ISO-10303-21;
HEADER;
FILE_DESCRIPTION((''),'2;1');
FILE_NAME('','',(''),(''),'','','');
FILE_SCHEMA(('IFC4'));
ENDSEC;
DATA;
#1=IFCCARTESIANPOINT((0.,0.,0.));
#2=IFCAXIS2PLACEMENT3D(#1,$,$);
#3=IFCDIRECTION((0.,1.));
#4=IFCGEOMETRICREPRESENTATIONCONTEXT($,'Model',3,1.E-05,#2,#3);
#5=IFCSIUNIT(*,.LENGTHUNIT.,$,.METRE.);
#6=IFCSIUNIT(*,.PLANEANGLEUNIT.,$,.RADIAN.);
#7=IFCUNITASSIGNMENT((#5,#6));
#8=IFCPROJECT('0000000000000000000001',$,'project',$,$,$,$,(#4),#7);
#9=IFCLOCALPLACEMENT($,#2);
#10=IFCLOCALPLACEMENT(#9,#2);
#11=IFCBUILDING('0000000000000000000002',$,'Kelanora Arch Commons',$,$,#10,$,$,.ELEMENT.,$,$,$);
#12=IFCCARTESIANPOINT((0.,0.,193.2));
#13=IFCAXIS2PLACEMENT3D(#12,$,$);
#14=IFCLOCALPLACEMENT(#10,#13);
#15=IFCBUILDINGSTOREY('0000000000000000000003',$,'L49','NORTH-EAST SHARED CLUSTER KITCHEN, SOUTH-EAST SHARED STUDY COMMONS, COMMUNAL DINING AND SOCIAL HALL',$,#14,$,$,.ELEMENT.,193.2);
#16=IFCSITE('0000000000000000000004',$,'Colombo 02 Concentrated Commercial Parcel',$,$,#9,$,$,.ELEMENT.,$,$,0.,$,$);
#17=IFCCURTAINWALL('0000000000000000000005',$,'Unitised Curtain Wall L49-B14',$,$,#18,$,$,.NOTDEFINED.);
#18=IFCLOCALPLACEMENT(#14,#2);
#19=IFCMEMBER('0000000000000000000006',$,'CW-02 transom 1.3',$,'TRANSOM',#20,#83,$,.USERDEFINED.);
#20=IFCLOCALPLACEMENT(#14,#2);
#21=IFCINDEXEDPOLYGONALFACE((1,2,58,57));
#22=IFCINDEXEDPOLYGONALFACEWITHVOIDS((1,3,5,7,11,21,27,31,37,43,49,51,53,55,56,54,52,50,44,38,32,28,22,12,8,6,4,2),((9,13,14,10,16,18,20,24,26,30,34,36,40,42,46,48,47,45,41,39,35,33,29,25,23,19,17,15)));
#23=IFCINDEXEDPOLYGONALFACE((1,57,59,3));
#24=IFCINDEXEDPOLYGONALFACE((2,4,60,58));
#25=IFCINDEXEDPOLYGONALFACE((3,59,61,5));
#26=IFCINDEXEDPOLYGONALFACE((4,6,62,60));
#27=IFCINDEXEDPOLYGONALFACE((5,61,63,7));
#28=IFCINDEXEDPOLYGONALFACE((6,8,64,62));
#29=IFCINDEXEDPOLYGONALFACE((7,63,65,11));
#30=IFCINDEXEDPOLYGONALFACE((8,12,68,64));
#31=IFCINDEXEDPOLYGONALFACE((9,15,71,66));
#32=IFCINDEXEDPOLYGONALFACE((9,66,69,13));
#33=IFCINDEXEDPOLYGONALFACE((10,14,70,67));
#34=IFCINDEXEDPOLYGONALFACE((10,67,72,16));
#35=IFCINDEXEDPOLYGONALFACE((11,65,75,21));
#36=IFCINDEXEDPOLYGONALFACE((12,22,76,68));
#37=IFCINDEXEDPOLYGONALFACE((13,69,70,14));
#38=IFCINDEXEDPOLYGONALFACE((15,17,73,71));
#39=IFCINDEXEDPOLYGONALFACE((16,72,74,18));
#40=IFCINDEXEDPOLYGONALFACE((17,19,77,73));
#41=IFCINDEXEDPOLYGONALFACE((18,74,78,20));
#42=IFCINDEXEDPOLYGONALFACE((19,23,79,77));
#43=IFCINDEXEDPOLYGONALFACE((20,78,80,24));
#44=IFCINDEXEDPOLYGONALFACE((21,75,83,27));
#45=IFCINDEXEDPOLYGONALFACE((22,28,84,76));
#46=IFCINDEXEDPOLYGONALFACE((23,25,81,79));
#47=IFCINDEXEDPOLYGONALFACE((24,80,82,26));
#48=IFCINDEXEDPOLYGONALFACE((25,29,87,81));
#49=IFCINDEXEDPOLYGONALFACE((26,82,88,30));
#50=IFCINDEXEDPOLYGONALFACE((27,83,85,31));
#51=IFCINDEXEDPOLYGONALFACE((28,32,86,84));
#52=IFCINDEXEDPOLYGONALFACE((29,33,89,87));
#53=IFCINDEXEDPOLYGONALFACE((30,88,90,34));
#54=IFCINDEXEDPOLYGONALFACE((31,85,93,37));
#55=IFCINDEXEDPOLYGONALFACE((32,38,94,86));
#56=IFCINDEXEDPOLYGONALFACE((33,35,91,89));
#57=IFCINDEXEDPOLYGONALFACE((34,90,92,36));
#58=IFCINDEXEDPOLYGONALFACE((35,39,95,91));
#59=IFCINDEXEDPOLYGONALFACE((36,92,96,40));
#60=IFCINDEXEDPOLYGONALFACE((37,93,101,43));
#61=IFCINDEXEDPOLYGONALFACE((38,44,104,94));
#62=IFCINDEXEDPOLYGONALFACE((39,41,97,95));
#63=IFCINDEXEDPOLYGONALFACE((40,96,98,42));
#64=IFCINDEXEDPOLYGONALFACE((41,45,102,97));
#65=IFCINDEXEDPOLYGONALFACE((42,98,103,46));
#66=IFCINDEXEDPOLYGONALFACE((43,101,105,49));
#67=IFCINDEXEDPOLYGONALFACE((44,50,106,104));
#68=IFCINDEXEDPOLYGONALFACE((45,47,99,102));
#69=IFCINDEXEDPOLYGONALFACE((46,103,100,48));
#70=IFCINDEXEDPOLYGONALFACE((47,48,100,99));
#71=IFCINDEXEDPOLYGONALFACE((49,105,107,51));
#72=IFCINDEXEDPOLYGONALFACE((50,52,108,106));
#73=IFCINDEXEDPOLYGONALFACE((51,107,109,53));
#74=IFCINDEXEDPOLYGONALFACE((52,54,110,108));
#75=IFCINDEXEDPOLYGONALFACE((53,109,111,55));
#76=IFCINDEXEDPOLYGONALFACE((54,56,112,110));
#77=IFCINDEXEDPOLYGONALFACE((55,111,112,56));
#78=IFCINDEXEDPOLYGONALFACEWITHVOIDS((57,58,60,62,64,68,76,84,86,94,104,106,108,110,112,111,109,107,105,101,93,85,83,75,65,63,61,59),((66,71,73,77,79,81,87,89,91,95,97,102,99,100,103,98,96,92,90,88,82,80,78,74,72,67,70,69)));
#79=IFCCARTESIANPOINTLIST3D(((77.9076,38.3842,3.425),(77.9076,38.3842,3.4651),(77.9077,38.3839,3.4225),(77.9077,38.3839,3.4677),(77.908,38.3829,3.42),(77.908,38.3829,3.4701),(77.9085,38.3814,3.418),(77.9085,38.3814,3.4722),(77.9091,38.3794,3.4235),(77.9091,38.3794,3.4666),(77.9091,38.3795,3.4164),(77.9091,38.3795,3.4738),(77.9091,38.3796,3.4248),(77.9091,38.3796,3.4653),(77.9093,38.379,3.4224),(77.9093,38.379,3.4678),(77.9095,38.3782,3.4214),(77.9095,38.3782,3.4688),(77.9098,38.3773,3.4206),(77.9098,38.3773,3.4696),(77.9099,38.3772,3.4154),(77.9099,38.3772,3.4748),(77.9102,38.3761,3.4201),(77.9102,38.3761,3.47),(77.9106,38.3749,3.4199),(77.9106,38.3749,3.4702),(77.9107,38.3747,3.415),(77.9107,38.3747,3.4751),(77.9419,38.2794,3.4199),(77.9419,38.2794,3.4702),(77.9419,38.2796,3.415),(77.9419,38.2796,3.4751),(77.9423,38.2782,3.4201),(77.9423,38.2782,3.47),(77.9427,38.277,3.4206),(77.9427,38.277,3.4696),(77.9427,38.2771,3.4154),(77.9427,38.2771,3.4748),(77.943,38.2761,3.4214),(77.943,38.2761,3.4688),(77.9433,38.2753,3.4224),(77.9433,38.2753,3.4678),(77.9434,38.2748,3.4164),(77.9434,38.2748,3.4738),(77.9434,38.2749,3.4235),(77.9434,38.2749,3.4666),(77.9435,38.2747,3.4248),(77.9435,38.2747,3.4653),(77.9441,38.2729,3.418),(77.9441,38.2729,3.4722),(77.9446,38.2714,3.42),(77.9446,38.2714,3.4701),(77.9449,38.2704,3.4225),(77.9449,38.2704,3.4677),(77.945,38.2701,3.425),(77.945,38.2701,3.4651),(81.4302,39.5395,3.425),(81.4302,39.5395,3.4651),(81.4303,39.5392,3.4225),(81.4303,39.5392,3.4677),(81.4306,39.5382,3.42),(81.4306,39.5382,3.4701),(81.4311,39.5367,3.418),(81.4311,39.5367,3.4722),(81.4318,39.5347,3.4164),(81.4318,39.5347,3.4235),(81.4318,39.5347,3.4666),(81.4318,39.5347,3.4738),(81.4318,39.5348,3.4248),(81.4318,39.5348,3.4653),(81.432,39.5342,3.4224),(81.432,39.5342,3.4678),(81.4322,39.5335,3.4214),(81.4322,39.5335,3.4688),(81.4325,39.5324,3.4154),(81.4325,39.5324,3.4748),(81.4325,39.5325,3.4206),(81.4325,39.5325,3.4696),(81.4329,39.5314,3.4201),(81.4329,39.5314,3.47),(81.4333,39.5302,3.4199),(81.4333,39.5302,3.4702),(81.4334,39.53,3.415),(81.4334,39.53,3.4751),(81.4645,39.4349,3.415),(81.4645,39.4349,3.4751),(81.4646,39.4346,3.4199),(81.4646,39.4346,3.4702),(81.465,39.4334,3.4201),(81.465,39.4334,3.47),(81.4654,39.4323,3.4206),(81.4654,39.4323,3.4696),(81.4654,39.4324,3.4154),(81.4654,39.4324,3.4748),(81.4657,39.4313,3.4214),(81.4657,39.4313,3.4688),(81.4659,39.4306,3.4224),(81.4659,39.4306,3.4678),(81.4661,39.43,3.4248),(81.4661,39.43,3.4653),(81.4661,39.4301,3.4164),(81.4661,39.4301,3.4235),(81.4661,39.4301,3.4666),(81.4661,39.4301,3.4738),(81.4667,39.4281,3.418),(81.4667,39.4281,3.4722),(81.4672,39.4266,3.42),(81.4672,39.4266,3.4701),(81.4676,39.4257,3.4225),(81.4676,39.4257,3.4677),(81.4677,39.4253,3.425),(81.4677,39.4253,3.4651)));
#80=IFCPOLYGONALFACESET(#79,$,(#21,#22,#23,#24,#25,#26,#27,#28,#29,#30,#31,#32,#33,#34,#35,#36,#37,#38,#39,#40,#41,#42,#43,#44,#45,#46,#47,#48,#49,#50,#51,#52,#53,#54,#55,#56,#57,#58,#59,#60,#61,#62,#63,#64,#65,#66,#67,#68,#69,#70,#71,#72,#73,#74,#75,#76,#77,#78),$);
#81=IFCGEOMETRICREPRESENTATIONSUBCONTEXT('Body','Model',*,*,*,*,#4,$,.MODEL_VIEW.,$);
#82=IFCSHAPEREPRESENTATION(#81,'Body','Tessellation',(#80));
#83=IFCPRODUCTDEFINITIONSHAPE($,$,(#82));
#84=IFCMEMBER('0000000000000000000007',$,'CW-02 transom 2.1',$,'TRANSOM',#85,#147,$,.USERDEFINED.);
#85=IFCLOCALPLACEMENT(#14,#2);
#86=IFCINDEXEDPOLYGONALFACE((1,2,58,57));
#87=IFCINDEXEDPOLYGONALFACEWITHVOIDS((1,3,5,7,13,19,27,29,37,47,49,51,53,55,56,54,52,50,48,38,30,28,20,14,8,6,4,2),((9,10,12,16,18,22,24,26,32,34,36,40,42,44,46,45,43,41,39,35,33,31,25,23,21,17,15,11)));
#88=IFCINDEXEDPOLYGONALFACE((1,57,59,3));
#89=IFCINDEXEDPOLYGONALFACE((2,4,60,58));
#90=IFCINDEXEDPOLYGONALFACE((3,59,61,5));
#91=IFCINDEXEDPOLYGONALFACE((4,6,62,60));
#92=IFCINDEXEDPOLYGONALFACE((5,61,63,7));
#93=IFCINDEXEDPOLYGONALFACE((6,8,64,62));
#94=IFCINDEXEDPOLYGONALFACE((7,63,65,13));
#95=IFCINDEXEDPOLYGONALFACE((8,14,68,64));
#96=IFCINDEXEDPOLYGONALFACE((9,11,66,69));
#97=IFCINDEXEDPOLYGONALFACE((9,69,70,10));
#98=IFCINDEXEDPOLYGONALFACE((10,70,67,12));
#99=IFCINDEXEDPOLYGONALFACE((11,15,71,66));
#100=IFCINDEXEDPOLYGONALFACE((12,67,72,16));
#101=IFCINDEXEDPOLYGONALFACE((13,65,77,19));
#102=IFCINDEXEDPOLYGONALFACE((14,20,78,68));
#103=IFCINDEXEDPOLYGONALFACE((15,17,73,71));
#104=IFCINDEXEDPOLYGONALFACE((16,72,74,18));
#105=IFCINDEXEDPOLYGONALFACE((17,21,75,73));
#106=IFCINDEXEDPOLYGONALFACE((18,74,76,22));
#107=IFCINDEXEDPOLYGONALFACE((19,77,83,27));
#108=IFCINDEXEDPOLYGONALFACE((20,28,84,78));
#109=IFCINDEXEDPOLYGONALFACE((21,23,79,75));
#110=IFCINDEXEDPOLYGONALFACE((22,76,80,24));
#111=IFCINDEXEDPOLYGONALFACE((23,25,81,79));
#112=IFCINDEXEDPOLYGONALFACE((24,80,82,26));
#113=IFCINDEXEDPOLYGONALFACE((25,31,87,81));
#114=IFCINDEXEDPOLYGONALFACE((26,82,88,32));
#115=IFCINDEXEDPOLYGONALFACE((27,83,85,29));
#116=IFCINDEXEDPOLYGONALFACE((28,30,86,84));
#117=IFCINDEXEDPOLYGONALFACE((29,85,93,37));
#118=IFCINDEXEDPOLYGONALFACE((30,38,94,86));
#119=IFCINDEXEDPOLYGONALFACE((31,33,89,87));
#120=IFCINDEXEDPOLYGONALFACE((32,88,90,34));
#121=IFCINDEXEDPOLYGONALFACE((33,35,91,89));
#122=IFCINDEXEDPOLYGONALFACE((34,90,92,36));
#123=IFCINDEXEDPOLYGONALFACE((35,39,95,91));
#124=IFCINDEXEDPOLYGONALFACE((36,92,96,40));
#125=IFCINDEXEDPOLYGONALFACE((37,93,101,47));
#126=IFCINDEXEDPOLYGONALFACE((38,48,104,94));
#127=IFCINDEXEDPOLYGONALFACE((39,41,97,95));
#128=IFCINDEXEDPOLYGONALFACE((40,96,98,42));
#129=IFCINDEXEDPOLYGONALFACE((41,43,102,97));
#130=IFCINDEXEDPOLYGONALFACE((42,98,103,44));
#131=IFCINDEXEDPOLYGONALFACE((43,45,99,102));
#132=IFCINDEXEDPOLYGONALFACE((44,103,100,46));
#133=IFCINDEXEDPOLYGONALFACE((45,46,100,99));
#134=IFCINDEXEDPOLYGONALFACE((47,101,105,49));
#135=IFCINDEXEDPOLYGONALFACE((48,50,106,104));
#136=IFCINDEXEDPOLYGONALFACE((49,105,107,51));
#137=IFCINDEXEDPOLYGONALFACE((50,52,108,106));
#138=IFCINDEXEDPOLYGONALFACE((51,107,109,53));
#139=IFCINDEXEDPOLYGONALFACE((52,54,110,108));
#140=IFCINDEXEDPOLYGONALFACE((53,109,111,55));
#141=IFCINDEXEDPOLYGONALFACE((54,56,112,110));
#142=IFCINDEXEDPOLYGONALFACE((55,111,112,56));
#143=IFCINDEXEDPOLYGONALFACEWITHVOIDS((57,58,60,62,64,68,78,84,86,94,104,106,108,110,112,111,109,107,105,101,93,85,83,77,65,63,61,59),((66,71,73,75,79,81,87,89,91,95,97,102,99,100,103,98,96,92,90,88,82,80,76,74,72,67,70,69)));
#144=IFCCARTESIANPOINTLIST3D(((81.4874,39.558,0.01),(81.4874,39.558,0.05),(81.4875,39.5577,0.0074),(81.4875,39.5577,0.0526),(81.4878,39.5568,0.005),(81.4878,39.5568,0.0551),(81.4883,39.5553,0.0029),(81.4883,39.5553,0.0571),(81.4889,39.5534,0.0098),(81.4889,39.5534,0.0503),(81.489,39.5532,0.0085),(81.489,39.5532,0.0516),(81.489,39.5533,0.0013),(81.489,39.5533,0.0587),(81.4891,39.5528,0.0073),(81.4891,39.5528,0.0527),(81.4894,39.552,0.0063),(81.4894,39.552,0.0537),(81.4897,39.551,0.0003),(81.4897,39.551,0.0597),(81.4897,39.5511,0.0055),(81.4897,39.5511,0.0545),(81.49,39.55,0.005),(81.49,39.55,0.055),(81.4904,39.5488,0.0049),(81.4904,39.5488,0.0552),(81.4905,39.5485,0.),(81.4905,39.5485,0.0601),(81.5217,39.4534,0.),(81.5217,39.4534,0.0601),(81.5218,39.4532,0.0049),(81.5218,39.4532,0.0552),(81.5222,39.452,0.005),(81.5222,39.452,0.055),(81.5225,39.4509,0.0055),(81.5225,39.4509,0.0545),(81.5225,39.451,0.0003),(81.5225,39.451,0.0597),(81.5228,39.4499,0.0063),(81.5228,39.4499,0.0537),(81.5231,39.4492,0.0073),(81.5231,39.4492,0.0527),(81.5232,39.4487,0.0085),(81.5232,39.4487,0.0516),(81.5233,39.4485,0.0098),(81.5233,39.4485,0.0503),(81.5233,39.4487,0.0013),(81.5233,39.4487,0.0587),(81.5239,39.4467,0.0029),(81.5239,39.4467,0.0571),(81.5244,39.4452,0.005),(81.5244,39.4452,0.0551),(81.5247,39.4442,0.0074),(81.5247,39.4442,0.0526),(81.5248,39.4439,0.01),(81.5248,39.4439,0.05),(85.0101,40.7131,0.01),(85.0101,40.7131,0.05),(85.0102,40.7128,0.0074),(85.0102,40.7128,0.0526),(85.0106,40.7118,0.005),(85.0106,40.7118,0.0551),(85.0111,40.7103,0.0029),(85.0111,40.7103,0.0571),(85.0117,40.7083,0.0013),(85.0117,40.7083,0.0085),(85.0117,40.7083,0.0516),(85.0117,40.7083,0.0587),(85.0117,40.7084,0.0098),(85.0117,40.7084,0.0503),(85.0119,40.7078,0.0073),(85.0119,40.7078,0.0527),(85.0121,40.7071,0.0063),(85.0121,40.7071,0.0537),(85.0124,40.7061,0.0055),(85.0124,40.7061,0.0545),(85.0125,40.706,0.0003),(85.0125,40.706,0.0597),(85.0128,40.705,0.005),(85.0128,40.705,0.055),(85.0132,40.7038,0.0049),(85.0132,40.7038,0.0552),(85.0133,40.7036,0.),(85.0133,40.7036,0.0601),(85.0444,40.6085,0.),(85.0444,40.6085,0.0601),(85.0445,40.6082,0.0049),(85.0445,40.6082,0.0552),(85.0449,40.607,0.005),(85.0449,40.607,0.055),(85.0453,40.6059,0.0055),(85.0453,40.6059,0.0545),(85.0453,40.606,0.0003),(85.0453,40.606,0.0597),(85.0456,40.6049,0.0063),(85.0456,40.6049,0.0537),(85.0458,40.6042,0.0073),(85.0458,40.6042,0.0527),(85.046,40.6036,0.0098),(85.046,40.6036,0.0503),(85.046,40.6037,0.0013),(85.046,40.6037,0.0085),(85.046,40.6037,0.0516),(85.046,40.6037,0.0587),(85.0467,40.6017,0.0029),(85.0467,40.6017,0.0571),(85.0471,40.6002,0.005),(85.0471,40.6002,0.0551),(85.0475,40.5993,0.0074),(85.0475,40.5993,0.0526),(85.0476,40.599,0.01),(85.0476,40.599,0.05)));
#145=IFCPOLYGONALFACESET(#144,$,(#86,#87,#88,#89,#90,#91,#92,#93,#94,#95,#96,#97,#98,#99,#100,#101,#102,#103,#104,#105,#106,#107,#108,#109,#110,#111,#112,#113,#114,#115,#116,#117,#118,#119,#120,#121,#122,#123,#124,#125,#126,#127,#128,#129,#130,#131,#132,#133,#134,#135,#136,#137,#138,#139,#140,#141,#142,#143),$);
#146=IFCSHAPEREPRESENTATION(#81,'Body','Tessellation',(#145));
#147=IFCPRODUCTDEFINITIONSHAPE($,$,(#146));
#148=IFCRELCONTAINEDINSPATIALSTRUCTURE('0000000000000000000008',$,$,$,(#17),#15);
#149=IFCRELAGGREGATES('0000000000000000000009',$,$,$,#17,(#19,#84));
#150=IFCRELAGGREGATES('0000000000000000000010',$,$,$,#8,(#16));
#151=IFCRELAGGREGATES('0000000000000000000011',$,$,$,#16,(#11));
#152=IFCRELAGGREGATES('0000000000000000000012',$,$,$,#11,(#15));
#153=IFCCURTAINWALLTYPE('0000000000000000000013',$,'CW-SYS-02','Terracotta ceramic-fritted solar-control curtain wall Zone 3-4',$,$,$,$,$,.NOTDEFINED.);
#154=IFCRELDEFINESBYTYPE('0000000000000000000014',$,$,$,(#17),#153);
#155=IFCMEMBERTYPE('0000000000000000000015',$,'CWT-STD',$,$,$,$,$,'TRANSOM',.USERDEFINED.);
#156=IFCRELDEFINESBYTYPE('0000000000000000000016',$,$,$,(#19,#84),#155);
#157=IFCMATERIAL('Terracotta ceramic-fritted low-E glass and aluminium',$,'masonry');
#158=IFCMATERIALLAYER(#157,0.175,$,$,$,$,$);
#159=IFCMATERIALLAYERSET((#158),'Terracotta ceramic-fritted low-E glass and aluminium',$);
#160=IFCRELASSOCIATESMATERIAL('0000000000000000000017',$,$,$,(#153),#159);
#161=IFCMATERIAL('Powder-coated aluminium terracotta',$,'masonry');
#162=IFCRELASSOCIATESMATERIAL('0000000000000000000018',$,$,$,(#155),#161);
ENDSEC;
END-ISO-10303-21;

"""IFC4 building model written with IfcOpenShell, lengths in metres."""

from ifc_helpers import new_model, si_unit, direction, frame, origin, origin_2d, place, context, subcontext, project, spatial, hollow_rectangle, extrude, material, layer, layer_set, material_profile, profile_set, type_object, element, aggregate, save


model = new_model("IFC4")

# Units and contexts
model_context = context("Model", 3, precision=1e-05, world=origin(), true_north=direction((0.0, 1.0)))
body_context = subcontext(model_context, "Body", "Model", "MODEL_VIEW")
ifc_project = project(units=[si_unit("LENGTHUNIT", "METRE"), si_unit("PLANEANGLEUNIT", "RADIAN")], contexts=[model_context])

# Site, building, storey
site_placement = place(None, origin())
site = spatial("IfcSite", under=ifc_project, at=site_placement, Name="Colombo 02 Concentrated Commercial Parcel", CompositionType="ELEMENT", RefElevation=0.0)
building_placement = place(site_placement, origin())
building = spatial("IfcBuilding", under=site, at=building_placement, Name="Kelanora Arch Commons", CompositionType="ELEMENT")
storey_placement = place(building_placement, frame((0.0, 0.0, 193.2)))
storey = spatial("IfcBuildingStorey", under=building, at=storey_placement, Name="L49", Description="NORTH-EAST SHARED CLUSTER KITCHEN, SOUTH-EAST SHARED STUDY COMMONS, COMMUNAL DINING AND SOCIAL HALL", CompositionType="ELEMENT", Elevation=193.2)

# Curtain wall, members
ifc_material_1 = material(Name="Terracotta ceramic-fritted low-E glass and aluminium", Category="masonry")
ifc_layer_1 = layer(ifc_material_1, 0.175)
ifc_layer_set_1 = layer_set([ifc_layer_1], Name="Terracotta ceramic-fritted low-E glass and aluminium")
curtain_wall_type = type_object("IfcCurtainWallType", Name="CW-SYS-02", Description="Terracotta ceramic-fritted solar-control curtain wall Zone 3-4", PredefinedType="NOTDEFINED", material=ifc_layer_set_1)
curtain_wall_placement = place(storey_placement, origin())
curtain_wall = element("IfcCurtainWall", 1, at=curtain_wall_placement, inside=storey, type_object=curtain_wall_type, Name="Unitised Curtain Wall L49-B14", PredefinedType="NOTDEFINED")
ifc_material_2 = material(Name="Powder-coated aluminium terracotta", Category="masonry")
ifc_material_profile_1 = material_profile(ifc_material_2, hollow_rectangle(XDim=0.1201, YDim=0.0601, WallThickness=0.0049, InnerFilletRadius=0.0049, OuterFilletRadius=0.01, at=origin_2d()), Name="CWT120x60")
ifc_profile_set_1 = profile_set([ifc_material_profile_1], Name="Powder-coated aluminium terracotta")
member_type_1 = type_object("IfcMemberType", Name="CWT-STD", ElementType="TRANSOM", PredefinedType="USERDEFINED", material=ifc_profile_set_1)
member_1_placement = place(storey_placement, frame((77.9263, 38.3271, 3.4451), z_axis=(0.950207, 0.311621, 0.0), x_axis=(-0.311621, 0.950207, 0.0)))
member_1 = element("IfcMember", 2, at=member_1_placement, type_object=member_type_1, Name="CW-02 transom 1.3", ObjectType="TRANSOM", PredefinedType="USERDEFINED", context=body_context, shape_type="SweptSolid", body=[
    extrude(hollow_rectangle(XDim=0.1201, YDim=0.0601, WallThickness=0.0049, InnerFilletRadius=0.0049, OuterFilletRadius=0.01, at=origin_2d()), origin(), (0.0, 0.0, 1.0), 3.7073),
])
member_2_placement = place(storey_placement, frame((81.5061, 39.501, 0.03), z_axis=(0.950226, 0.311561, 0.0), x_axis=(-0.311561, 0.950226, 0.0)))
member_2 = element("IfcMember", 3, at=member_2_placement, type_object=member_type_1, Name="CW-02 transom 2.1", ObjectType="TRANSOM", PredefinedType="USERDEFINED", context=body_context, shape_type="SweptSolid", body=[
    extrude(hollow_rectangle(XDim=0.1201, YDim=0.0601, WallThickness=0.0049, InnerFilletRadius=0.0049, OuterFilletRadius=0.01, at=origin_2d()), origin(), (0.0, 0.0, 1.0), 3.7073),
])
aggregate(curtain_wall, [member_1, member_2])

save(model, "model.ifc")
